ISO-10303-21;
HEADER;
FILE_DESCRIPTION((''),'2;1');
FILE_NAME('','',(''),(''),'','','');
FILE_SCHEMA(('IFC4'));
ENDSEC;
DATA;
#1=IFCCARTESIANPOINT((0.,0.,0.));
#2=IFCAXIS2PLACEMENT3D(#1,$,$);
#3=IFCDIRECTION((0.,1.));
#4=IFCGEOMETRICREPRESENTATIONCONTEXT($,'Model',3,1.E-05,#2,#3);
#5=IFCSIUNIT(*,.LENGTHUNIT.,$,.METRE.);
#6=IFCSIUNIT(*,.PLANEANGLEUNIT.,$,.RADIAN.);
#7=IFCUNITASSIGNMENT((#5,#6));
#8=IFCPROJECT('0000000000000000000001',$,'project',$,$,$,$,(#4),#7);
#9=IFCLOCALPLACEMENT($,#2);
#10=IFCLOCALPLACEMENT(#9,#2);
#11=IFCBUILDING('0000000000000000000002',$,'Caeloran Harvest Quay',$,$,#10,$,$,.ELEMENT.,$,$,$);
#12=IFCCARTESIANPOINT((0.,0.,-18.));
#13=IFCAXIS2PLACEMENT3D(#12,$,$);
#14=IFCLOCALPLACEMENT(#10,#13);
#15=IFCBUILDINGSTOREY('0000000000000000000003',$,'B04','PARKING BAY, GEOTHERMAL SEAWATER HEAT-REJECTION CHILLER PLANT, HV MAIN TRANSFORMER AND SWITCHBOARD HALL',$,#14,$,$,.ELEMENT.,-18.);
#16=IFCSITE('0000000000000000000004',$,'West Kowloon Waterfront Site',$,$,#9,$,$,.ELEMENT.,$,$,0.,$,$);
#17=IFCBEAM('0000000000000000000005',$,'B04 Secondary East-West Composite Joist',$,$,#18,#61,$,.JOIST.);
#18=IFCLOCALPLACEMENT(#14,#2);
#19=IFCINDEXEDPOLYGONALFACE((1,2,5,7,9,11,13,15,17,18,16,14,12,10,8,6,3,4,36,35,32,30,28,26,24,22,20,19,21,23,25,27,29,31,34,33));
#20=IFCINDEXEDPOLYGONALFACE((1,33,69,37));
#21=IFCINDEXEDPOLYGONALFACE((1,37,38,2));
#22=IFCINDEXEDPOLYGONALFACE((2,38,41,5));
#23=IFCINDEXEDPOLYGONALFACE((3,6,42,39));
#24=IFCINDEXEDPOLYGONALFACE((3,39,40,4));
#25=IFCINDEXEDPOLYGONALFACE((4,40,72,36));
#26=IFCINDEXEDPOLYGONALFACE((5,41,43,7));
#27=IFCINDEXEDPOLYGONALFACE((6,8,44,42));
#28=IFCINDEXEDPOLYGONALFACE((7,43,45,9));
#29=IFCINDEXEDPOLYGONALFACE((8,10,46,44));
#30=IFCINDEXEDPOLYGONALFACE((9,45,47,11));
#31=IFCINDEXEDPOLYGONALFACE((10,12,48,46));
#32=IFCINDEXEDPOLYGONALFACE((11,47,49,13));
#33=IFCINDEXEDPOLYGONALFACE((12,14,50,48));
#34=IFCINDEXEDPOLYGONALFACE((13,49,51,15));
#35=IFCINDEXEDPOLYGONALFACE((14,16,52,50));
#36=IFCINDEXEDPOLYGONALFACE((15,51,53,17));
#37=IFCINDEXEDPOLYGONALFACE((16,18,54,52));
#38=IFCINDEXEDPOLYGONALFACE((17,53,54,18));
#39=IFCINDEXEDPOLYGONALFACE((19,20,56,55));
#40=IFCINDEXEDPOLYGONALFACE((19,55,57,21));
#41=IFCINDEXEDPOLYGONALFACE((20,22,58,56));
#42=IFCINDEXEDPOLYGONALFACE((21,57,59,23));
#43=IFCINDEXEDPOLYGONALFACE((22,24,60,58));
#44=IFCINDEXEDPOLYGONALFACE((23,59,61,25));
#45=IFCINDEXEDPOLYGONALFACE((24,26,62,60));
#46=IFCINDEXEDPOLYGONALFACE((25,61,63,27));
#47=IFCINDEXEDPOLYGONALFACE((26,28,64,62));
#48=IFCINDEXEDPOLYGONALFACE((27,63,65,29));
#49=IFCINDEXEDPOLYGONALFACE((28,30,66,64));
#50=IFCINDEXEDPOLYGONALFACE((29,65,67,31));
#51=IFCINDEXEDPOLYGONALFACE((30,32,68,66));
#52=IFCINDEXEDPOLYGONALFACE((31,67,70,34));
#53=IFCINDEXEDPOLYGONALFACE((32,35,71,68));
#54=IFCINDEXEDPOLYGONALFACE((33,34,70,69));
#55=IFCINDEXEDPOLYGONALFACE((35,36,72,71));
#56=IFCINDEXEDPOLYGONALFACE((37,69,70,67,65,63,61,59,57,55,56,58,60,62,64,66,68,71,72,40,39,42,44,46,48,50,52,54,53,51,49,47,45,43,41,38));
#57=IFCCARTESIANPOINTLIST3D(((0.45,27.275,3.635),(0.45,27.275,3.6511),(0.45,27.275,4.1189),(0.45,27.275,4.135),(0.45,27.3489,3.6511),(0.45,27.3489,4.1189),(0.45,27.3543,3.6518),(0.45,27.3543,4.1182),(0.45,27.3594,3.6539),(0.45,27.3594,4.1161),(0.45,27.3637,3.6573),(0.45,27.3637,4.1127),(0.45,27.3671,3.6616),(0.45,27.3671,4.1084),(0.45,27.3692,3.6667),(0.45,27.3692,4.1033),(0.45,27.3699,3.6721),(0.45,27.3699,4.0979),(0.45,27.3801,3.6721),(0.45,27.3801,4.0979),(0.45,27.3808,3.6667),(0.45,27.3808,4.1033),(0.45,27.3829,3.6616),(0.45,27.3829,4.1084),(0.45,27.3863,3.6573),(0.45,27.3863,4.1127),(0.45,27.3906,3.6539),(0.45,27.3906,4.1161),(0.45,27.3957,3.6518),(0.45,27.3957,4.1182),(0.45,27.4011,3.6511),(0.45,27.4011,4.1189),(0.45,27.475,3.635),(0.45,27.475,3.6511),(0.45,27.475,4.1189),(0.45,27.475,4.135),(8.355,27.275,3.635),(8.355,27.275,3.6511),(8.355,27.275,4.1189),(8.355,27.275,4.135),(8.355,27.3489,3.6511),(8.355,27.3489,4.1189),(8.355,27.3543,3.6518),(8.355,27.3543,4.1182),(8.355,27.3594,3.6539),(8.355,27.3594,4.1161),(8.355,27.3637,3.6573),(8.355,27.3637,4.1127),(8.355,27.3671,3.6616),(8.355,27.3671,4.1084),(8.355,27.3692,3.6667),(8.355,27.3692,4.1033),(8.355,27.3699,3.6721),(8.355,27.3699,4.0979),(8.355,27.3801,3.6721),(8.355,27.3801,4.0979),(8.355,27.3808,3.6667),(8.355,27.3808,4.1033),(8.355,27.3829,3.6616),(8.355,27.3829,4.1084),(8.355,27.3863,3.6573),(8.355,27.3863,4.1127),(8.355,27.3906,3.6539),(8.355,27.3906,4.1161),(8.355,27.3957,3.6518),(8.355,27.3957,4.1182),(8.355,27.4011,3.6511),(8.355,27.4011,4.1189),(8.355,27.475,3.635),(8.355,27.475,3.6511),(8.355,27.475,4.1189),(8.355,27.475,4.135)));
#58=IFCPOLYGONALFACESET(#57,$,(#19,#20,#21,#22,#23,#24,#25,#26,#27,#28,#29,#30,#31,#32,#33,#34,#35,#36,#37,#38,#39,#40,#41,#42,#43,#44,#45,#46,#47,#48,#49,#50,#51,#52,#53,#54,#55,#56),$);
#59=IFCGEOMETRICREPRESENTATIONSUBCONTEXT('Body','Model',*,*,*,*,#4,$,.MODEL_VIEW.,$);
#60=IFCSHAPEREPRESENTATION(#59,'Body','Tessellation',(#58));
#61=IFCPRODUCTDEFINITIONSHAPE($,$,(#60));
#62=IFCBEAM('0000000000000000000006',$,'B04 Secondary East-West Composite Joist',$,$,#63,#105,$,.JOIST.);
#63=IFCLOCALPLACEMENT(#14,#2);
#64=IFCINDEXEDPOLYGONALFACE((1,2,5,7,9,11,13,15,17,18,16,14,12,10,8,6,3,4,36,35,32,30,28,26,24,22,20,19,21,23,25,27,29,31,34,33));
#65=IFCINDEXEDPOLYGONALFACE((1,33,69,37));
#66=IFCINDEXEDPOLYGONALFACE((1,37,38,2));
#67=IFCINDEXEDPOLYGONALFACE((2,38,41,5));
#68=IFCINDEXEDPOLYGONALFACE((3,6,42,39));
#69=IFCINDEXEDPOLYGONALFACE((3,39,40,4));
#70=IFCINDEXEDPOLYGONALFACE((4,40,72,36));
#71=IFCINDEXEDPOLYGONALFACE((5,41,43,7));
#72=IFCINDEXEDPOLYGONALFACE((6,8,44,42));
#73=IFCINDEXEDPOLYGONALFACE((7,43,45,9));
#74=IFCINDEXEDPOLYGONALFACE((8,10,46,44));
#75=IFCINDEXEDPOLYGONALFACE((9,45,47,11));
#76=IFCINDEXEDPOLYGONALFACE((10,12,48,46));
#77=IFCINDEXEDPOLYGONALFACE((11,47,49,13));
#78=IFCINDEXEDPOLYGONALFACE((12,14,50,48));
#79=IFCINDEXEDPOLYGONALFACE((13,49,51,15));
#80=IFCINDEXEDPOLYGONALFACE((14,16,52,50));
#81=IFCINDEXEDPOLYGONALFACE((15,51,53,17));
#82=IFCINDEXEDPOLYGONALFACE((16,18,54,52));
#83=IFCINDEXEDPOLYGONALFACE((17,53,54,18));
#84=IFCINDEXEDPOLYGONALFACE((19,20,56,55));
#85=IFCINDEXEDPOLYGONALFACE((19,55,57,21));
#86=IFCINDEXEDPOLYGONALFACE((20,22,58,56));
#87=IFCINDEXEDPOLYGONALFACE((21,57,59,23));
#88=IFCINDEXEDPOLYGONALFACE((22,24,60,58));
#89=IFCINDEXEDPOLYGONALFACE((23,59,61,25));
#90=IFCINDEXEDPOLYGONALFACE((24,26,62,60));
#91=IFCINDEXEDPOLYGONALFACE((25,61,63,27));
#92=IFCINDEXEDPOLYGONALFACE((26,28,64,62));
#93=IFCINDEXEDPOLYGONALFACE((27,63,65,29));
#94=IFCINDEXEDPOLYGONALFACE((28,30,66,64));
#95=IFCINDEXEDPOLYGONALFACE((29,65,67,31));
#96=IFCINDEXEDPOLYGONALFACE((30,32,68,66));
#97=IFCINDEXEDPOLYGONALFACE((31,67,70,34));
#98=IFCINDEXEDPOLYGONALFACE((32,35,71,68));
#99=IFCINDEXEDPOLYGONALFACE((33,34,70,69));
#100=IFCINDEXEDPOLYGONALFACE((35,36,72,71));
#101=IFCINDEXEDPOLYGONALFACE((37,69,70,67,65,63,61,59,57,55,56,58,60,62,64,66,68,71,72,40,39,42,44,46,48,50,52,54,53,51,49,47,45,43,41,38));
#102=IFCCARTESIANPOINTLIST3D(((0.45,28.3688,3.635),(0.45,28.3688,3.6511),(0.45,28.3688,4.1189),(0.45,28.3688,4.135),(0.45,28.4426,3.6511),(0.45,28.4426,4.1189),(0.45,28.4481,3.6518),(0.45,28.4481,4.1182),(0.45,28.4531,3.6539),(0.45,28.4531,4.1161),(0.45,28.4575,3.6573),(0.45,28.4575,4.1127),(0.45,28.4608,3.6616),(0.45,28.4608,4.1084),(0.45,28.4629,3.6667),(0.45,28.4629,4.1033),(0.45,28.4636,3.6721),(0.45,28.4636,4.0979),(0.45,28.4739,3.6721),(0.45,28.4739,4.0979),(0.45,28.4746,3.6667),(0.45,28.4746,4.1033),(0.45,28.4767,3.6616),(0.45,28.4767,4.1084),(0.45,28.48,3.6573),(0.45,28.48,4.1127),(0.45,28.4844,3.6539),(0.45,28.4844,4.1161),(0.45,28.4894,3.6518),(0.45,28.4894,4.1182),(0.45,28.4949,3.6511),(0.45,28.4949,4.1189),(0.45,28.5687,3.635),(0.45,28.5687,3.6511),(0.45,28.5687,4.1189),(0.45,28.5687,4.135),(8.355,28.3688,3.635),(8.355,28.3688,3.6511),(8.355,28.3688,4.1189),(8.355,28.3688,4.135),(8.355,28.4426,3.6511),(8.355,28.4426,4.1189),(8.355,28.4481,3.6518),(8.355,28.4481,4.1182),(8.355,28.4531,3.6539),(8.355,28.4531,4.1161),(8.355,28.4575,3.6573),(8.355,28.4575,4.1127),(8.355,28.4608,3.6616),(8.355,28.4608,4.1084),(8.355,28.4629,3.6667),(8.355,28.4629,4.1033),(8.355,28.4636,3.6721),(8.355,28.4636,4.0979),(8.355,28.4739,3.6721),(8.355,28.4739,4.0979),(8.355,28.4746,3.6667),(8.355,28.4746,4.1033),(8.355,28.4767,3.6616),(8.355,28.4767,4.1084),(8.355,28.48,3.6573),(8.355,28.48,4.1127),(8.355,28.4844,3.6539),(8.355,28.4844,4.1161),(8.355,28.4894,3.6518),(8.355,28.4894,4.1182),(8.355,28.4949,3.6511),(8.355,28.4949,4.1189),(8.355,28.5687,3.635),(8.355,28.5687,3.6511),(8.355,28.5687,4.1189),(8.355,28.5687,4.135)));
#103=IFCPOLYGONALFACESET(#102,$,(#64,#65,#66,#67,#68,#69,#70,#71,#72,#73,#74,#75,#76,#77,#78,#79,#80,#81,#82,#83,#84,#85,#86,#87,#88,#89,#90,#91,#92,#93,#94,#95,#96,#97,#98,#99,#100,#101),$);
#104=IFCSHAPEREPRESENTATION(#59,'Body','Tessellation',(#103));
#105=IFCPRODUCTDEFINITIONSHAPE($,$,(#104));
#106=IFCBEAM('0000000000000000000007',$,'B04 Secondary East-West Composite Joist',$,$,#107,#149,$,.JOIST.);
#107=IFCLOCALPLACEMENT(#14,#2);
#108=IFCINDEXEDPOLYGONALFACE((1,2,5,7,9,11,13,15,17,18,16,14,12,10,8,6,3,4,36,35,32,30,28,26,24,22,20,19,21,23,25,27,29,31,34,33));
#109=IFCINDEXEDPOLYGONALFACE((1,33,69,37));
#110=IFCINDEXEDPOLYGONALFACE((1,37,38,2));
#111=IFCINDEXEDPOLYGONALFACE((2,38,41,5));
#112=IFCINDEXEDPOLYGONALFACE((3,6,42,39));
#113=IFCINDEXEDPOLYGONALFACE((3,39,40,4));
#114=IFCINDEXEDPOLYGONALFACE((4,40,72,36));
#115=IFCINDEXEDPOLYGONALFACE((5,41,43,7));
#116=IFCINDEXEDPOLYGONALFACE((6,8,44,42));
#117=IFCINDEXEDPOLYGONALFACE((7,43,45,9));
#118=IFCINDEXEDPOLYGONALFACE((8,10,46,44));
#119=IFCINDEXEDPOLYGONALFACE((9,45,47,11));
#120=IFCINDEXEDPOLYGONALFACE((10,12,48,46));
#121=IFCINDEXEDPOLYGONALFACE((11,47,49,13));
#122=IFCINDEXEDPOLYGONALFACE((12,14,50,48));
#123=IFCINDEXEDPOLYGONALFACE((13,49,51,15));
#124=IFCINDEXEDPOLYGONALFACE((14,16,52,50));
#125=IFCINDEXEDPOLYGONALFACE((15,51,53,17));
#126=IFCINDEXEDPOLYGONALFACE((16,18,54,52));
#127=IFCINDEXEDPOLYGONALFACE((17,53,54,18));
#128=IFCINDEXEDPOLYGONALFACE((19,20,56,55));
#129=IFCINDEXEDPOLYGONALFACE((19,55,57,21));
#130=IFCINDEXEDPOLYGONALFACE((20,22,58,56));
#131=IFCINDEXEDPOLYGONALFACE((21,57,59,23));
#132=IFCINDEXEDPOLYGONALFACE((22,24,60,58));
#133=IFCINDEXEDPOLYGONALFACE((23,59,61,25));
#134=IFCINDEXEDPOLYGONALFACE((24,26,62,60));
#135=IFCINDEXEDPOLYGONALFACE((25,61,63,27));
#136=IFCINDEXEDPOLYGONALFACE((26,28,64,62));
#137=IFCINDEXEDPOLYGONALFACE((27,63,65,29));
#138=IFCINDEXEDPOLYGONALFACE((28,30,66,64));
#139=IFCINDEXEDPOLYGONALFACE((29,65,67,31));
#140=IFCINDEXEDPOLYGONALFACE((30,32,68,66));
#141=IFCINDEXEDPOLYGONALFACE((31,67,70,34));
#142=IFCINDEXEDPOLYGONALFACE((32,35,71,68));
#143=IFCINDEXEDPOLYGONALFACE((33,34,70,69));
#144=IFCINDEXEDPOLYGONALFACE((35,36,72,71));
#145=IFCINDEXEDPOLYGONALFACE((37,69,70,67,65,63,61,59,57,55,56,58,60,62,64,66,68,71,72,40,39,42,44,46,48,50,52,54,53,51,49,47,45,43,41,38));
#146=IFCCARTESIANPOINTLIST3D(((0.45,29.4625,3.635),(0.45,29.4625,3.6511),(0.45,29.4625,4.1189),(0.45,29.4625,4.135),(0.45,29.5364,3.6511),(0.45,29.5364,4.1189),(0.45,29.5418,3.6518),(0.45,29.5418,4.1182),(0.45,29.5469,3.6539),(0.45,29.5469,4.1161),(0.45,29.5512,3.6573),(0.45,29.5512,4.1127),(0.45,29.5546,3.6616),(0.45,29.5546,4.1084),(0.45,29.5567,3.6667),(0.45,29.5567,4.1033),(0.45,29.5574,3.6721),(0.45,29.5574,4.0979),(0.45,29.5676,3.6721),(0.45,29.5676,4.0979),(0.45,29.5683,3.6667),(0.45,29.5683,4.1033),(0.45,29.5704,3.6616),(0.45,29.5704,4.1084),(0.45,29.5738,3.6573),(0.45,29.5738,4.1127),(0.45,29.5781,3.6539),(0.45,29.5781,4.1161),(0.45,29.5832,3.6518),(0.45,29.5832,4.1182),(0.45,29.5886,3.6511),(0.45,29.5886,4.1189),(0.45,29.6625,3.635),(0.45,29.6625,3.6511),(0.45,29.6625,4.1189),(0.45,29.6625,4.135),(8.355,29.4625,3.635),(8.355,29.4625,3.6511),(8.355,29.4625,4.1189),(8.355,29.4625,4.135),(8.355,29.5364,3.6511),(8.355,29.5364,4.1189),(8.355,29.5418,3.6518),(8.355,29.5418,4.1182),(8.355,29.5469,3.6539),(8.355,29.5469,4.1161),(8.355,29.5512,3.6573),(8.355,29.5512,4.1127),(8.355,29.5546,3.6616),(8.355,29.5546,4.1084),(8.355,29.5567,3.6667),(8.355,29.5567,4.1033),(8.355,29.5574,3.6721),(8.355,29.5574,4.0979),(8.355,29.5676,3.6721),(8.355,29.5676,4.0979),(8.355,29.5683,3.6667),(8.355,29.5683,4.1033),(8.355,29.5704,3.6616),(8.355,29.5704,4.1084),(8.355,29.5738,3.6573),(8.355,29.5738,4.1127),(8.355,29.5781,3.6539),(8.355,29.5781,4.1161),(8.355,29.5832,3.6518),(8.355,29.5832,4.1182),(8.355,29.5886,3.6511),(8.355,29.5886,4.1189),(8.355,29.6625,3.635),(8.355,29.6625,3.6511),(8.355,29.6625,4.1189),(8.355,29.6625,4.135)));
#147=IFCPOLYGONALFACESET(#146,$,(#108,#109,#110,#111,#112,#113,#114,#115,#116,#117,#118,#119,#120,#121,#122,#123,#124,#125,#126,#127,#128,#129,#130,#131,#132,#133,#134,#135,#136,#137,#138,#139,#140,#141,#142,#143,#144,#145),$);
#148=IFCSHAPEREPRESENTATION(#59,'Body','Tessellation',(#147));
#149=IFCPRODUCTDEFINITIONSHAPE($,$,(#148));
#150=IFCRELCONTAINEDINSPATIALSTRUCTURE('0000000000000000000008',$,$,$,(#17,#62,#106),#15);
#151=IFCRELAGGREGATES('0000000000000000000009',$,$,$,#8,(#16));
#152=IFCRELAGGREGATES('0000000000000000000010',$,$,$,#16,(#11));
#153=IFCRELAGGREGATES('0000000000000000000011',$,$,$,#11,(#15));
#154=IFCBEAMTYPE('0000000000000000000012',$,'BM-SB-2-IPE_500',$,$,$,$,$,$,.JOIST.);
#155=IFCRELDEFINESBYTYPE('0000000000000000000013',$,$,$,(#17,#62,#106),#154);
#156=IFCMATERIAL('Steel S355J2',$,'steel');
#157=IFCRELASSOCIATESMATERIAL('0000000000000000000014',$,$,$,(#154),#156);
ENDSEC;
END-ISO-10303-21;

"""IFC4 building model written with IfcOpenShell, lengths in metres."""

from ifc_helpers import new_model, si_unit, direction, frame, origin, origin_2d, place, context, subcontext, project, spatial, i_section, extrude, material, material_profile, profile_set, type_object, element, save


model = new_model("IFC4")

# Units and contexts
model_context = context("Model", 3, precision=1e-05, world=origin(), true_north=direction((0.0, 1.0)))
body_context = subcontext(model_context, "Body", "Model", "MODEL_VIEW")
ifc_project = project(units=[si_unit("LENGTHUNIT", "METRE"), si_unit("PLANEANGLEUNIT", "RADIAN")], contexts=[model_context])

# Site, building, storey
site_placement = place(None, origin())
site = spatial("IfcSite", under=ifc_project, at=site_placement, Name="West Kowloon Waterfront Site", CompositionType="ELEMENT", RefElevation=0.0)
building_placement = place(site_placement, origin())
building = spatial("IfcBuilding", under=site, at=building_placement, Name="Caeloran Harvest Quay", CompositionType="ELEMENT")
storey_placement = place(building_placement, frame((0.0, 0.0, -18.0)))
storey = spatial("IfcBuildingStorey", under=building, at=storey_placement, Name="B04", Description="PARKING BAY, GEOTHERMAL SEAWATER HEAT-REJECTION CHILLER PLANT, HV MAIN TRANSFORMER AND SWITCHBOARD HALL", CompositionType="ELEMENT", Elevation=-18.0)

# Beams
ifc_material_1 = material(Name="Steel S355J2", Category="steel")
ifc_material_profile_1 = material_profile(ifc_material_1, i_section(OverallWidth=0.2, OverallDepth=0.5, WebThickness=0.0103, FlangeThickness=0.0161, FilletRadius=0.021, at=origin_2d()), Name="IPE 500")
ifc_profile_set_1 = profile_set([ifc_material_profile_1], Name="Steel S355J2")
beam_type_1 = type_object("IfcBeamType", Name="BM-SB-2-IPE_500", PredefinedType="JOIST", material=ifc_profile_set_1)
for number, where, z_axis, x_axis, name in (
    (1, (0.45, 27.375, 3.885), (1.0, 0.0, 0.0), (0.0, 1.0, 0.0), "B04 Secondary East-West Composite Joist"),
    (2, (0.45, 28.4688, 3.885), (1.0, 0.0, 0.0), (0.0, 1.0, 0.0), "B04 Secondary East-West Composite Joist"),
    (3, (0.45, 29.5625, 3.885), (1.0, 0.0, 0.0), (0.0, 1.0, 0.0), "B04 Secondary East-West Composite Joist"),
):
    element("IfcBeam", number, at=place(storey_placement, frame(where, z_axis=z_axis, x_axis=x_axis)), inside=storey, type_object=beam_type_1, Name=name, PredefinedType="JOIST", context=body_context, shape_type="SweptSolid", body=[
        extrude(i_section(OverallWidth=0.2, OverallDepth=0.5, WebThickness=0.0103, FlangeThickness=0.0161, FilletRadius=0.021, at=origin_2d()), origin(), (0.0, 0.0, 1.0), 7.905),
    ])

save(model, "model.ifc")
